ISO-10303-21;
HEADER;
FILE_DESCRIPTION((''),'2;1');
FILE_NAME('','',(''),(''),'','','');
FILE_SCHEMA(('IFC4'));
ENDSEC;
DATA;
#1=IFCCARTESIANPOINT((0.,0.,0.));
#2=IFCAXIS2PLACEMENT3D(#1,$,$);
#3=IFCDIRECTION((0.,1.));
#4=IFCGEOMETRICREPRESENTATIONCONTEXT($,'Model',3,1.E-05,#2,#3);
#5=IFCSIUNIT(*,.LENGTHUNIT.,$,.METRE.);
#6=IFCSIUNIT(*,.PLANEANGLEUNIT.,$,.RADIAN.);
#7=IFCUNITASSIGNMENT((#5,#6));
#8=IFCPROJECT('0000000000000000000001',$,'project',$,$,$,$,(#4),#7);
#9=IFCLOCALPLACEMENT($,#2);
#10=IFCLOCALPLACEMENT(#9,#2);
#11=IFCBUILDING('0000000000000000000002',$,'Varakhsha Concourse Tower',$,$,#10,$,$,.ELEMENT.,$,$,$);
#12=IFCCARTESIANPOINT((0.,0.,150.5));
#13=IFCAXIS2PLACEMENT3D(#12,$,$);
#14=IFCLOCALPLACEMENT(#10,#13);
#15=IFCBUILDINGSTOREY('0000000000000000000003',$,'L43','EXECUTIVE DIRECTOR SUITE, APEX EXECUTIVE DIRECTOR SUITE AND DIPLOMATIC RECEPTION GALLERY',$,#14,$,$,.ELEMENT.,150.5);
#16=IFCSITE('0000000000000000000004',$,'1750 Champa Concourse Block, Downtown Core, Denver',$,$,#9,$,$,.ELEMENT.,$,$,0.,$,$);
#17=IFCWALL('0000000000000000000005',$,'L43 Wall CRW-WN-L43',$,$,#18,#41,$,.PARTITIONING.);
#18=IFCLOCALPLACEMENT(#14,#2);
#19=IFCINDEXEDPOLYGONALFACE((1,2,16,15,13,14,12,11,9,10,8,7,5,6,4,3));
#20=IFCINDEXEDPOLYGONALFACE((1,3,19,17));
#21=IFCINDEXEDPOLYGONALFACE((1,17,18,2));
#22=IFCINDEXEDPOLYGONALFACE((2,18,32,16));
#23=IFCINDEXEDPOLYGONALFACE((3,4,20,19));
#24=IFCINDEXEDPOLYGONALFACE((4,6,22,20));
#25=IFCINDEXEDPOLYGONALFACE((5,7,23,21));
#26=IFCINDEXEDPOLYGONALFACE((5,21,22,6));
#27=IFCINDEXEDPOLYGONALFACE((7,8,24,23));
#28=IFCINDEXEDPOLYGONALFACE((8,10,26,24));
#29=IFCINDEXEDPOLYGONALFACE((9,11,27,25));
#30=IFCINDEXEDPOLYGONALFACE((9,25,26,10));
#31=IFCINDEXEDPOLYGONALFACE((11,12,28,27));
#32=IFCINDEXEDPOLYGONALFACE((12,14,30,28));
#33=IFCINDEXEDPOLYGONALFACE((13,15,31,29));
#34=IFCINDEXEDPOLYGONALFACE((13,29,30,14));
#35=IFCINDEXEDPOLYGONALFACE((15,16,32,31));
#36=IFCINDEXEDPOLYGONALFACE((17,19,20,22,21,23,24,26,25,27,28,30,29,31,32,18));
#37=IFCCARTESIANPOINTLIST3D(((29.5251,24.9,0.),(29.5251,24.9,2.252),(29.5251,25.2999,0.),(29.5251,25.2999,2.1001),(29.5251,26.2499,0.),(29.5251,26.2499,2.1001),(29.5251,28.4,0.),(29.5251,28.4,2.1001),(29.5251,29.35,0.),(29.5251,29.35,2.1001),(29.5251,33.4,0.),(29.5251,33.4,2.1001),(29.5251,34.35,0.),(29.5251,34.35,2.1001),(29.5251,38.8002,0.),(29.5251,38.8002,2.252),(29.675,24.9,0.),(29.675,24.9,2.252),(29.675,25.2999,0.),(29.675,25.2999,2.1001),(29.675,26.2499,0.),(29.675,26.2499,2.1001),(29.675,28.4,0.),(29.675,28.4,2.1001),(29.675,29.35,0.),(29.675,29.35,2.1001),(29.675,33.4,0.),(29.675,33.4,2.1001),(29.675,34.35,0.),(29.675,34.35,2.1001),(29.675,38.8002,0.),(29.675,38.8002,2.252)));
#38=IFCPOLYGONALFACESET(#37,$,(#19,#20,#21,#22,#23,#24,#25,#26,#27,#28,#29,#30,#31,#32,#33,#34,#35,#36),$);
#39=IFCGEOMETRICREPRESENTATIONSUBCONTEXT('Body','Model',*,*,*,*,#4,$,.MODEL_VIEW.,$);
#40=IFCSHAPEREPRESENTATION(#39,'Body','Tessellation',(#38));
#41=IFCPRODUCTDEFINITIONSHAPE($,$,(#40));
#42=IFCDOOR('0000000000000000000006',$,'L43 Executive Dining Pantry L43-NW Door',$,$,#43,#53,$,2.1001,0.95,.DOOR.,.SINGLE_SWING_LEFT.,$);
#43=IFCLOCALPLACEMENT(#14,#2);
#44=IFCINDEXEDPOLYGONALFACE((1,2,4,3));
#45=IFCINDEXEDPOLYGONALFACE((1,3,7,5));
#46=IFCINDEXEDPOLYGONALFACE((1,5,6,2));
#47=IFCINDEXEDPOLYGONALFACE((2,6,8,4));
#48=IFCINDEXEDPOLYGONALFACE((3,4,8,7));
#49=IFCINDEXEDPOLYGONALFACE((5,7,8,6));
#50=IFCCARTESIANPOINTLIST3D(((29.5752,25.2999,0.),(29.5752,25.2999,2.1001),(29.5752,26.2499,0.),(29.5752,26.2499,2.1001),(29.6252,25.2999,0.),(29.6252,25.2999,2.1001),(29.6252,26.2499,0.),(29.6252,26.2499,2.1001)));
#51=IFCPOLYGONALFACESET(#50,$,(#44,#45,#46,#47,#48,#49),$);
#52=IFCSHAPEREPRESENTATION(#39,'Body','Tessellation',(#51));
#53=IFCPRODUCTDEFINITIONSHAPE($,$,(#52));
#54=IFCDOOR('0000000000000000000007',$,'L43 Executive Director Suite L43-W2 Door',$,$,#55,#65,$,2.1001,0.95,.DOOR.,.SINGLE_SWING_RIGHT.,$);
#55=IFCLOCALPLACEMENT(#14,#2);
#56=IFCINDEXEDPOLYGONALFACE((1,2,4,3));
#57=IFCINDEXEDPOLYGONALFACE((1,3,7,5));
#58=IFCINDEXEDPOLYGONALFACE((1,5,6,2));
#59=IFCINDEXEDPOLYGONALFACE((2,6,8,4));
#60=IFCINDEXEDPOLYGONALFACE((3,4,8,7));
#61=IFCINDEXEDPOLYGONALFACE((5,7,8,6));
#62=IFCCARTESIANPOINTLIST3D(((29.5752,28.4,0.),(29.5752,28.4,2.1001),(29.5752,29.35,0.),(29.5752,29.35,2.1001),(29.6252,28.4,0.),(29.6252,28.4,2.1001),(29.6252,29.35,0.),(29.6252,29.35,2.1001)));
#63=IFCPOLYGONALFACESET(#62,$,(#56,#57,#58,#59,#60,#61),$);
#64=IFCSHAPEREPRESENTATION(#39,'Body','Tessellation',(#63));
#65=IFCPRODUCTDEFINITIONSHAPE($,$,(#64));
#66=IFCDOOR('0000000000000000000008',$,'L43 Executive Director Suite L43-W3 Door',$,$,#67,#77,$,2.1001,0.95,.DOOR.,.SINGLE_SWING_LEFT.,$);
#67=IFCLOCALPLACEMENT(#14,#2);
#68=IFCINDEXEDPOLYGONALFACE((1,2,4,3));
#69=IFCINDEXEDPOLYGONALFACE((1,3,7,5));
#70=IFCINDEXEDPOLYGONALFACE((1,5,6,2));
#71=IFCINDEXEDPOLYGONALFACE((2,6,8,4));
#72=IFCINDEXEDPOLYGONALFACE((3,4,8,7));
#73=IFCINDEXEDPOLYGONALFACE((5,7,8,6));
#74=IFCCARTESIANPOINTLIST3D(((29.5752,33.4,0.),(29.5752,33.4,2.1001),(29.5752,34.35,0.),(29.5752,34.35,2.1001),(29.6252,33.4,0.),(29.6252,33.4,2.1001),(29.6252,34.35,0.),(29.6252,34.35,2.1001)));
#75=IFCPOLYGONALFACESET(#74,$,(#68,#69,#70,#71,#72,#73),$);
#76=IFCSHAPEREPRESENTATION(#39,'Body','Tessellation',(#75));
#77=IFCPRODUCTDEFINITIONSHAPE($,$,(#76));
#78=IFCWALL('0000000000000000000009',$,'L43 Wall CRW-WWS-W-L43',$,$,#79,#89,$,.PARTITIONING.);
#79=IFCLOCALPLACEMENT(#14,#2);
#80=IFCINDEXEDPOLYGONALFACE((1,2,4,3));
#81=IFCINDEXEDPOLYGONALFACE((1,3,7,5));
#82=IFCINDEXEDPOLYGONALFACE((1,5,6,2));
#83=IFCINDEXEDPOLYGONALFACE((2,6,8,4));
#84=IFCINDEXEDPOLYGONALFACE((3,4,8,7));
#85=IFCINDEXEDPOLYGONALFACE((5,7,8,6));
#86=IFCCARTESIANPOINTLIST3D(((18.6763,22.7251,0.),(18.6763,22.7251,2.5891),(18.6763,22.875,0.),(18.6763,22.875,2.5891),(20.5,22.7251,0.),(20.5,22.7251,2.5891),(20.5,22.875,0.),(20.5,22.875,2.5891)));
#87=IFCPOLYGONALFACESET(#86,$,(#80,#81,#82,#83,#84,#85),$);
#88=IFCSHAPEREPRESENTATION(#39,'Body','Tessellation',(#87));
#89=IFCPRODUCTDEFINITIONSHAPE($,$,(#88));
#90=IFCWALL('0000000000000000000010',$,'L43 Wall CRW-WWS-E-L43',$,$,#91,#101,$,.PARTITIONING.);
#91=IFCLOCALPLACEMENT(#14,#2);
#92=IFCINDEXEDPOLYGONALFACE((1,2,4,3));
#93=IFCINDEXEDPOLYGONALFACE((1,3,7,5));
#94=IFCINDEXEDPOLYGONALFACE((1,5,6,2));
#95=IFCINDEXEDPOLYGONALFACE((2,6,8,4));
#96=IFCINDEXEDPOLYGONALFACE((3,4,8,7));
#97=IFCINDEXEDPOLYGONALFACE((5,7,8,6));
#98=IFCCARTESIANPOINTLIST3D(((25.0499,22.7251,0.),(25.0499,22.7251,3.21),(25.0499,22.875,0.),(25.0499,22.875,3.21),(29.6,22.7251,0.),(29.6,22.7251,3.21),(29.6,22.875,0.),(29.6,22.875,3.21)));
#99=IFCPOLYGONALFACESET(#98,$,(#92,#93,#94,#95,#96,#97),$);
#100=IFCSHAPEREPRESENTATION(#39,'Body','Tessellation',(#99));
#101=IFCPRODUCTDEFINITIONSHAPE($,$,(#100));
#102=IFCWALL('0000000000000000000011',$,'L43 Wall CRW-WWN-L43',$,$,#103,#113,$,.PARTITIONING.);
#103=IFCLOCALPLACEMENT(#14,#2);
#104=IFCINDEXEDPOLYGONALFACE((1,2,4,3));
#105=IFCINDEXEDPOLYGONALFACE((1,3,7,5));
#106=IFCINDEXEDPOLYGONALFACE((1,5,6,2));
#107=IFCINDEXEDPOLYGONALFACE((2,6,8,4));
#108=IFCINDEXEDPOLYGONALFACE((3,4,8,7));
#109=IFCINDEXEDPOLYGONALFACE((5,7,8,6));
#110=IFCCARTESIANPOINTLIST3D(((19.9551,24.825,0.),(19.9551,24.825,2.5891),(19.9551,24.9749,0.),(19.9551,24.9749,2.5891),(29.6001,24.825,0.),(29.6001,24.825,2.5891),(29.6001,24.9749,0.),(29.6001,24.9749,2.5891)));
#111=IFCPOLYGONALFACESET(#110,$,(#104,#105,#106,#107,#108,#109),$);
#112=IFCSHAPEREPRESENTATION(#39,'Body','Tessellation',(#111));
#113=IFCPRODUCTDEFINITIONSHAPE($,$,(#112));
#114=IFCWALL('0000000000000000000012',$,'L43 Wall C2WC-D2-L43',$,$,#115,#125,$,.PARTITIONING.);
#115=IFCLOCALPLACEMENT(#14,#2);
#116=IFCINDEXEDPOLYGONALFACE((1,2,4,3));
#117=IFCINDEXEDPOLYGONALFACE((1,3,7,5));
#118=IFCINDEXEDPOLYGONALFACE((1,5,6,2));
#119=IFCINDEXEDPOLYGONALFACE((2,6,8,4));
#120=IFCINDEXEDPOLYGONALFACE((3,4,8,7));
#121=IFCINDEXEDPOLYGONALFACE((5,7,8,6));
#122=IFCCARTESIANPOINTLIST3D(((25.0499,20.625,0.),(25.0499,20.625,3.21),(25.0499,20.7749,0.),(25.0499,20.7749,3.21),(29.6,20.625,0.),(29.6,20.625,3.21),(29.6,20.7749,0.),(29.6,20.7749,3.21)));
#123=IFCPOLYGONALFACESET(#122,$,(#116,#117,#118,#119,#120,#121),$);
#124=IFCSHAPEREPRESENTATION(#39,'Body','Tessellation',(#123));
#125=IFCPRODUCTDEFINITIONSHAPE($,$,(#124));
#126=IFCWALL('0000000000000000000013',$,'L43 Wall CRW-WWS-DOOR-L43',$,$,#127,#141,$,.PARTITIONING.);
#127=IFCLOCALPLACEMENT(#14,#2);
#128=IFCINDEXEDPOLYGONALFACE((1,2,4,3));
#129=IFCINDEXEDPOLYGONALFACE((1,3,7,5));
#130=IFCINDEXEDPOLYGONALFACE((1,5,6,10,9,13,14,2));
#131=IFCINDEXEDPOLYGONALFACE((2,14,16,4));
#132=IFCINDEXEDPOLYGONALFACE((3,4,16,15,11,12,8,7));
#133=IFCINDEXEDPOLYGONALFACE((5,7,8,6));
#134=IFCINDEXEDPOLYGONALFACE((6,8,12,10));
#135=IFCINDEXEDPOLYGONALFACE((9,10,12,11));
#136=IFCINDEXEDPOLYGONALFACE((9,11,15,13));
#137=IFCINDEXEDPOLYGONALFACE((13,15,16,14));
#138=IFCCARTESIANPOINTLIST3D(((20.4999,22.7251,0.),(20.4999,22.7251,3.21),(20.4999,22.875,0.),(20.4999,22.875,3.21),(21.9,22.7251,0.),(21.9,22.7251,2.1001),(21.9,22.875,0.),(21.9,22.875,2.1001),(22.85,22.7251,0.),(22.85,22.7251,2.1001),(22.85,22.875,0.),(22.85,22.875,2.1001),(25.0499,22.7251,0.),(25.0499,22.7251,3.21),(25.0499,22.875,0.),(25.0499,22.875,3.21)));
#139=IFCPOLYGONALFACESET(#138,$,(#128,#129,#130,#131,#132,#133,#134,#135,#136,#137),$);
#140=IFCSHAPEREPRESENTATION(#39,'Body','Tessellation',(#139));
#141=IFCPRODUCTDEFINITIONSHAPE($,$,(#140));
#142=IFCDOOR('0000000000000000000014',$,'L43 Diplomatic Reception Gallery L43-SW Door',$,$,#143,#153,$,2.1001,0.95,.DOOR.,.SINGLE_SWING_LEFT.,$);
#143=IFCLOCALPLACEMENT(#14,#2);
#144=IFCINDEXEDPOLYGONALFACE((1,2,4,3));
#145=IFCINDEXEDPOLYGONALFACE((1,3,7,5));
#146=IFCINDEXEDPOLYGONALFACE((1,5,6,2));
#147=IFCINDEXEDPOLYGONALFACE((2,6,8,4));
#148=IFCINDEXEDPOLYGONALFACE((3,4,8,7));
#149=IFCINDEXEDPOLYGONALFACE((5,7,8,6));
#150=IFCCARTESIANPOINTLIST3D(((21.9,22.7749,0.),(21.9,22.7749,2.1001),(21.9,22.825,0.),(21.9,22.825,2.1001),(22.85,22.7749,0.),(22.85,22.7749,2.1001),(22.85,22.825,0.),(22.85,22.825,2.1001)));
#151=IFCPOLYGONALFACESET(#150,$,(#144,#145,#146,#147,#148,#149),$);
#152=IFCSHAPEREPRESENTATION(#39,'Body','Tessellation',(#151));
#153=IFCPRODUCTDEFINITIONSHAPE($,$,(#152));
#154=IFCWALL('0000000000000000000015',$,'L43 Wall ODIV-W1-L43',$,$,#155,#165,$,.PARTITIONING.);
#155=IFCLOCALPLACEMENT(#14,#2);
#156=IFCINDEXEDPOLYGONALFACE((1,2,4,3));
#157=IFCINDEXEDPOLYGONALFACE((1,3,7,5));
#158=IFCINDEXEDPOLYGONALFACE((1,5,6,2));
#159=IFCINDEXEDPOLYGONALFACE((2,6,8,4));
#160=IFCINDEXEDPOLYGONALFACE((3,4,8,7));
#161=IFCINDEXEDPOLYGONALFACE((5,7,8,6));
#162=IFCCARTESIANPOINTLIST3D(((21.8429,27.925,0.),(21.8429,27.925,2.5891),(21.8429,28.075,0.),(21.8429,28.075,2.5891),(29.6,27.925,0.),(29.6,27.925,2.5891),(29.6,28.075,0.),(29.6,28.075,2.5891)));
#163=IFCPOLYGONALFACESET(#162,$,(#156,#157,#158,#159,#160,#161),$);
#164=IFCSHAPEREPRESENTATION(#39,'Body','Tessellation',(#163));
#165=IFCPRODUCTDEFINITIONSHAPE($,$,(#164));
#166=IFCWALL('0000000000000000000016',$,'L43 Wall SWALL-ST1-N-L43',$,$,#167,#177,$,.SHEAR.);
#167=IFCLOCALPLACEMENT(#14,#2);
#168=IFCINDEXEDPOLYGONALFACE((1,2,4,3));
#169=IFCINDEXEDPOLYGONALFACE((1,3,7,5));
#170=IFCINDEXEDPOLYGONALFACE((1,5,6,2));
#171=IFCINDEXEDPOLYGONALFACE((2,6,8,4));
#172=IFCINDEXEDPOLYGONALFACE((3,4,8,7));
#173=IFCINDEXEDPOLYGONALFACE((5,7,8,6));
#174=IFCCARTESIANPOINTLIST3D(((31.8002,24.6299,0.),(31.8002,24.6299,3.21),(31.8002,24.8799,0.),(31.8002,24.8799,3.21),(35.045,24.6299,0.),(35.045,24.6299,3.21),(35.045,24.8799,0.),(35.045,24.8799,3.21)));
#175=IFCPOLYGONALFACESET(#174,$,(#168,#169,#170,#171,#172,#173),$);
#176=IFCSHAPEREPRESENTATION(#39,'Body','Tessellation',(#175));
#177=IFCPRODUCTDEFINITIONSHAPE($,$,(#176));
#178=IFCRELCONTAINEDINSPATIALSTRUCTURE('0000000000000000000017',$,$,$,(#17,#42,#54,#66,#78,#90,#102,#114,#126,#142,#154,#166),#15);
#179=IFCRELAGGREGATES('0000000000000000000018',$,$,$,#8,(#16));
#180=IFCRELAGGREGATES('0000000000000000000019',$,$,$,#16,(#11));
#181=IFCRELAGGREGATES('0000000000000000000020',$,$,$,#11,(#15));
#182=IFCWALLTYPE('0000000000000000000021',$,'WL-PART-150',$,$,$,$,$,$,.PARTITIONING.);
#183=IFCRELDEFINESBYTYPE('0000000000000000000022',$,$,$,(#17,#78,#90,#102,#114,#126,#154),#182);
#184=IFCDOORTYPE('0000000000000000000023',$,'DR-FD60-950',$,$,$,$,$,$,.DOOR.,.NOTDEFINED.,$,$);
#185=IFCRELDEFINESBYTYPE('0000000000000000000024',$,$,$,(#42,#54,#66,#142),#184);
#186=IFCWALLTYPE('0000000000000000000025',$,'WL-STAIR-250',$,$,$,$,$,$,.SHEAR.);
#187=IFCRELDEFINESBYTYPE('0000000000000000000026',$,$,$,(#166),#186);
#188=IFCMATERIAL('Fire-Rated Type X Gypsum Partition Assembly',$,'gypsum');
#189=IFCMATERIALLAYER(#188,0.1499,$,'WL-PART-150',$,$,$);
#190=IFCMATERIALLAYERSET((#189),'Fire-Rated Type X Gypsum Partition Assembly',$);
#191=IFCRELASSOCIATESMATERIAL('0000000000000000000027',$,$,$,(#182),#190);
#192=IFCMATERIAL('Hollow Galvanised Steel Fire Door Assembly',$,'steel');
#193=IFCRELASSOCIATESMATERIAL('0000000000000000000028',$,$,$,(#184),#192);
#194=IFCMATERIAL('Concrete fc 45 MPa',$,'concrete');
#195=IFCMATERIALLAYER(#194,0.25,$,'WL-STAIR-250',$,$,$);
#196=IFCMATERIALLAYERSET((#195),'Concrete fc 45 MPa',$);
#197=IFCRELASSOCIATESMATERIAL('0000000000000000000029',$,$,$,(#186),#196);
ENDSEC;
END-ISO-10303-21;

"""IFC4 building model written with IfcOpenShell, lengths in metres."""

from ifc_helpers import new_model, si_unit, direction, frame, frame_2d, origin, place, context, subcontext, project, spatial, rectangle, extrude, material, layer, layer_set, type_object, element, fill, save


model = new_model("IFC4")

# Units and contexts
model_context = context("Model", 3, precision=1e-05, world=origin(), true_north=direction((0.0, 1.0)))
body_context = subcontext(model_context, "Body", "Model", "MODEL_VIEW")
ifc_project = project(units=[si_unit("LENGTHUNIT", "METRE"), si_unit("PLANEANGLEUNIT", "RADIAN")], contexts=[model_context])

# Site, building, storey
site_placement = place(None, origin())
site = spatial("IfcSite", under=ifc_project, at=site_placement, Name="1750 Champa Concourse Block, Downtown Core, Denver", CompositionType="ELEMENT", RefElevation=0.0)
building_placement = place(site_placement, origin())
building = spatial("IfcBuilding", under=site, at=building_placement, Name="Varakhsha Concourse Tower", CompositionType="ELEMENT")
storey_placement = place(building_placement, frame((0.0, 0.0, 150.5)))
storey = spatial("IfcBuildingStorey", under=building, at=storey_placement, Name="L43", Description="EXECUTIVE DIRECTOR SUITE, APEX EXECUTIVE DIRECTOR SUITE AND DIPLOMATIC RECEPTION GALLERY", CompositionType="ELEMENT", Elevation=150.5)

# Wall, openings, doors
ifc_material_1 = material(Name="Fire-Rated Type X Gypsum Partition Assembly", Category="gypsum")
ifc_layer_1 = layer(ifc_material_1, 0.1499, Name="WL-PART-150")
ifc_layer_set_1 = layer_set([ifc_layer_1], Name="Fire-Rated Type X Gypsum Partition Assembly")
wall_type_1 = type_object("IfcWallType", Name="WL-PART-150", PredefinedType="PARTITIONING", material=ifc_layer_set_1)
wall_1_placement = place(storey_placement, frame((29.6001, 24.8999, 0.0), z_axis=(0.0, 0.0, 1.0), x_axis=(0.0, 1.0, 0.0)))
wall_1 = element("IfcWall", 1, at=wall_1_placement, inside=storey, type_object=wall_type_1, Name="L43 Wall CRW-WN-L43", PredefinedType="PARTITIONING", context=body_context, shape_type="SweptSolid", body=[
    extrude(rectangle(XDim=13.9001, YDim=0.1499, at=frame_2d((6.9502, 0.0))), origin(), (0.0, 0.0, 1.0), 2.252),
])
opening_1_placement = place(wall_1_placement, frame((0.3999, 0.0, 0.0)))
opening_1 = element("IfcOpeningElement", 2, at=opening_1_placement, cuts=wall_1, PredefinedType="OPENING", context=body_context, shape_type="SweptSolid", body=[
    extrude(rectangle(XDim=0.95, YDim=2.1001, at=frame_2d((0.4751, 1.05))), frame((0.0, 0.085, 0.0), z_axis=(0.0, -1.0, 0.0), x_axis=(1.0, 0.0, 0.0)), (0.0, 0.0, 1.0), 0.1699),
])
opening_2_placement = place(wall_1_placement, frame((3.5, 0.0, 0.0)))
opening_2 = element("IfcOpeningElement", 3, at=opening_2_placement, cuts=wall_1, PredefinedType="OPENING", context=body_context, shape_type="SweptSolid", body=[
    extrude(rectangle(XDim=0.95, YDim=2.1001, at=frame_2d((0.4751, 1.05))), frame((0.0, 0.085, 0.0), z_axis=(0.0, -1.0, 0.0), x_axis=(1.0, 0.0, 0.0)), (0.0, 0.0, 1.0), 0.1699),
])
opening_3_placement = place(wall_1_placement, frame((8.5, 0.0, 0.0)))
opening_3 = element("IfcOpeningElement", 4, at=opening_3_placement, cuts=wall_1, PredefinedType="OPENING", context=body_context, shape_type="SweptSolid", body=[
    extrude(rectangle(XDim=0.95, YDim=2.1001, at=frame_2d((0.4751, 1.05))), frame((0.0, 0.085, 0.0), z_axis=(0.0, -1.0, 0.0), x_axis=(1.0, 0.0, 0.0)), (0.0, 0.0, 1.0), 0.1699),
])
ifc_material_2 = material(Name="Hollow Galvanised Steel Fire Door Assembly", Category="steel")
door_type_1 = type_object("IfcDoorType", Name="DR-FD60-950", OperationType="NOTDEFINED", PredefinedType="DOOR", material=ifc_material_2)
door_1_placement = place(opening_1_placement, origin())
door_1 = element("IfcDoor", 5, at=door_1_placement, inside=storey, type_object=door_type_1, Name="L43 Executive Dining Pantry L43-NW Door", OperationType="SINGLE_SWING_LEFT", OverallHeight=2.1001, OverallWidth=0.95, PredefinedType="DOOR", context=body_context, shape_type="SweptSolid", body=[
    extrude(rectangle(XDim=0.95, YDim=2.1001, at=frame_2d((0.4751, 1.05))), frame((0.0, 0.0249, 0.0), z_axis=(0.0, -1.0, 0.0), x_axis=(1.0, 0.0, 0.0)), (0.0, 0.0, 1.0), 0.05),
])
fill(opening_1, door_1)
door_2_placement = place(opening_2_placement, origin())
door_2 = element("IfcDoor", 6, at=door_2_placement, inside=storey, type_object=door_type_1, Name="L43 Executive Director Suite L43-W2 Door", OperationType="SINGLE_SWING_RIGHT", OverallHeight=2.1001, OverallWidth=0.95, PredefinedType="DOOR", context=body_context, shape_type="SweptSolid", body=[
    extrude(rectangle(XDim=0.95, YDim=2.1001, at=frame_2d((0.4751, 1.05))), frame((0.0, 0.0249, 0.0), z_axis=(0.0, -1.0, 0.0), x_axis=(1.0, 0.0, 0.0)), (0.0, 0.0, 1.0), 0.05),
])
fill(opening_2, door_2)
door_3_placement = place(opening_3_placement, origin())
door_3 = element("IfcDoor", 7, at=door_3_placement, inside=storey, type_object=door_type_1, Name="L43 Executive Director Suite L43-W3 Door", OperationType="SINGLE_SWING_LEFT", OverallHeight=2.1001, OverallWidth=0.95, PredefinedType="DOOR", context=body_context, shape_type="SweptSolid", body=[
    extrude(rectangle(XDim=0.95, YDim=2.1001, at=frame_2d((0.4751, 1.05))), frame((0.0, 0.0249, 0.0), z_axis=(0.0, -1.0, 0.0), x_axis=(1.0, 0.0, 0.0)), (0.0, 0.0, 1.0), 0.05),
])
fill(opening_3, door_3)

# Walls
wall_2_placement = place(storey_placement, frame((18.6763, 22.8, 0.0), z_axis=(0.0, 0.0, 1.0), x_axis=(1.0, 0.0, 0.0)))
element("IfcWall", 8, at=wall_2_placement, inside=storey, type_object=wall_type_1, Name="L43 Wall CRW-WWS-W-L43", PredefinedType="PARTITIONING", context=body_context, shape_type="SweptSolid", body=[
    extrude(rectangle(XDim=1.8237, YDim=0.1499, at=frame_2d((0.9119, 0.0))), origin(), (0.0, 0.0, 1.0), 2.5891),
])
wall_3_placement = place(storey_placement, frame((25.05, 22.8, 0.0), z_axis=(0.0, 0.0, 1.0), x_axis=(1.0, 0.0, 0.0)))
element("IfcWall", 9, at=wall_3_placement, inside=storey, type_object=wall_type_1, Name="L43 Wall CRW-WWS-E-L43", PredefinedType="PARTITIONING", context=body_context, shape_type="SweptSolid", body=[
    extrude(rectangle(XDim=4.55, YDim=0.1499, at=frame_2d((2.2749, 0.0))), origin(), (0.0, 0.0, 1.0), 3.21),
])
wall_4_placement = place(storey_placement, frame((19.9551, 24.8999, 0.0), z_axis=(0.0, 0.0, 1.0), x_axis=(1.0, 0.0, 0.0)))
element("IfcWall", 10, at=wall_4_placement, inside=storey, type_object=wall_type_1, Name="L43 Wall CRW-WWN-L43", PredefinedType="PARTITIONING", context=body_context, shape_type="SweptSolid", body=[
    extrude(rectangle(XDim=9.645, YDim=0.1499, at=frame_2d((4.8225, 0.0))), origin(), (0.0, 0.0, 1.0), 2.5891),
])
wall_5_placement = place(storey_placement, frame((25.05, 20.7, 0.0), z_axis=(0.0, 0.0, 1.0), x_axis=(1.0, 0.0, 0.0)))
element("IfcWall", 11, at=wall_5_placement, inside=storey, type_object=wall_type_1, Name="L43 Wall C2WC-D2-L43", PredefinedType="PARTITIONING", context=body_context, shape_type="SweptSolid", body=[
    extrude(rectangle(XDim=4.55, YDim=0.1499, at=frame_2d((2.2749, 0.0))), origin(), (0.0, 0.0, 1.0), 3.21),
])

# Wall, opening, door
wall_6_placement = place(storey_placement, frame((20.5, 22.8, 0.0), z_axis=(0.0, 0.0, 1.0), x_axis=(1.0, 0.0, 0.0)))
wall_6 = element("IfcWall", 12, at=wall_6_placement, inside=storey, type_object=wall_type_1, Name="L43 Wall CRW-WWS-DOOR-L43", PredefinedType="PARTITIONING", context=body_context, shape_type="SweptSolid", body=[
    extrude(rectangle(XDim=4.55, YDim=0.1499, at=frame_2d((2.2749, 0.0))), origin(), (0.0, 0.0, 1.0), 3.21),
])
opening_4_placement = place(wall_6_placement, frame((1.3999, 0.0, 0.0)))
opening_4 = element("IfcOpeningElement", 13, at=opening_4_placement, cuts=wall_6, PredefinedType="OPENING", context=body_context, shape_type="SweptSolid", body=[
    extrude(rectangle(XDim=0.95, YDim=2.1001, at=frame_2d((0.4751, 1.05))), frame((0.0, 0.085, 0.0), z_axis=(0.0, -1.0, 0.0), x_axis=(1.0, 0.0, 0.0)), (0.0, 0.0, 1.0), 0.1699),
])
door_4_placement = place(opening_4_placement, origin())
door_4 = element("IfcDoor", 14, at=door_4_placement, inside=storey, type_object=door_type_1, Name="L43 Diplomatic Reception Gallery L43-SW Door", OperationType="SINGLE_SWING_LEFT", OverallHeight=2.1001, OverallWidth=0.95, PredefinedType="DOOR", context=body_context, shape_type="SweptSolid", body=[
    extrude(rectangle(XDim=0.95, YDim=2.1001, at=frame_2d((0.4751, 1.05))), frame((0.0, 0.0249, 0.0), z_axis=(0.0, -1.0, 0.0), x_axis=(1.0, 0.0, 0.0)), (0.0, 0.0, 1.0), 0.05),
])
fill(opening_4, door_4)

# Wall
wall_7_placement = place(storey_placement, frame((21.843, 28.0, 0.0), z_axis=(0.0, 0.0, 1.0), x_axis=(1.0, 0.0, 0.0)))
element("IfcWall", 15, at=wall_7_placement, inside=storey, type_object=wall_type_1, Name="L43 Wall ODIV-W1-L43", PredefinedType="PARTITIONING", context=body_context, shape_type="SweptSolid", body=[
    extrude(rectangle(XDim=7.7571, YDim=0.1499, at=frame_2d((3.8784, 0.0))), origin(), (0.0, 0.0, 1.0), 2.5891),
])

# Wall
ifc_material_3 = material(Name="Concrete fc 45 MPa", Category="concrete")
ifc_layer_2 = layer(ifc_material_3, 0.25, Name="WL-STAIR-250")
ifc_layer_set_2 = layer_set([ifc_layer_2], Name="Concrete fc 45 MPa")
wall_type_2 = type_object("IfcWallType", Name="WL-STAIR-250", PredefinedType="SHEAR", material=ifc_layer_set_2)
wall_8_placement = place(storey_placement, frame((31.8, 24.7549, 0.0), z_axis=(0.0, 0.0, 1.0), x_axis=(1.0, 0.0, 0.0)))
element("IfcWall", 16, at=wall_8_placement, inside=storey, type_object=wall_type_2, Name="L43 Wall SWALL-ST1-N-L43", PredefinedType="SHEAR", context=body_context, shape_type="SweptSolid", body=[
    extrude(rectangle(XDim=3.2449, YDim=0.25, at=frame_2d((1.6226, 0.0))), origin(), (0.0, 0.0, 1.0), 3.21),
])

save(model, "model.ifc")
